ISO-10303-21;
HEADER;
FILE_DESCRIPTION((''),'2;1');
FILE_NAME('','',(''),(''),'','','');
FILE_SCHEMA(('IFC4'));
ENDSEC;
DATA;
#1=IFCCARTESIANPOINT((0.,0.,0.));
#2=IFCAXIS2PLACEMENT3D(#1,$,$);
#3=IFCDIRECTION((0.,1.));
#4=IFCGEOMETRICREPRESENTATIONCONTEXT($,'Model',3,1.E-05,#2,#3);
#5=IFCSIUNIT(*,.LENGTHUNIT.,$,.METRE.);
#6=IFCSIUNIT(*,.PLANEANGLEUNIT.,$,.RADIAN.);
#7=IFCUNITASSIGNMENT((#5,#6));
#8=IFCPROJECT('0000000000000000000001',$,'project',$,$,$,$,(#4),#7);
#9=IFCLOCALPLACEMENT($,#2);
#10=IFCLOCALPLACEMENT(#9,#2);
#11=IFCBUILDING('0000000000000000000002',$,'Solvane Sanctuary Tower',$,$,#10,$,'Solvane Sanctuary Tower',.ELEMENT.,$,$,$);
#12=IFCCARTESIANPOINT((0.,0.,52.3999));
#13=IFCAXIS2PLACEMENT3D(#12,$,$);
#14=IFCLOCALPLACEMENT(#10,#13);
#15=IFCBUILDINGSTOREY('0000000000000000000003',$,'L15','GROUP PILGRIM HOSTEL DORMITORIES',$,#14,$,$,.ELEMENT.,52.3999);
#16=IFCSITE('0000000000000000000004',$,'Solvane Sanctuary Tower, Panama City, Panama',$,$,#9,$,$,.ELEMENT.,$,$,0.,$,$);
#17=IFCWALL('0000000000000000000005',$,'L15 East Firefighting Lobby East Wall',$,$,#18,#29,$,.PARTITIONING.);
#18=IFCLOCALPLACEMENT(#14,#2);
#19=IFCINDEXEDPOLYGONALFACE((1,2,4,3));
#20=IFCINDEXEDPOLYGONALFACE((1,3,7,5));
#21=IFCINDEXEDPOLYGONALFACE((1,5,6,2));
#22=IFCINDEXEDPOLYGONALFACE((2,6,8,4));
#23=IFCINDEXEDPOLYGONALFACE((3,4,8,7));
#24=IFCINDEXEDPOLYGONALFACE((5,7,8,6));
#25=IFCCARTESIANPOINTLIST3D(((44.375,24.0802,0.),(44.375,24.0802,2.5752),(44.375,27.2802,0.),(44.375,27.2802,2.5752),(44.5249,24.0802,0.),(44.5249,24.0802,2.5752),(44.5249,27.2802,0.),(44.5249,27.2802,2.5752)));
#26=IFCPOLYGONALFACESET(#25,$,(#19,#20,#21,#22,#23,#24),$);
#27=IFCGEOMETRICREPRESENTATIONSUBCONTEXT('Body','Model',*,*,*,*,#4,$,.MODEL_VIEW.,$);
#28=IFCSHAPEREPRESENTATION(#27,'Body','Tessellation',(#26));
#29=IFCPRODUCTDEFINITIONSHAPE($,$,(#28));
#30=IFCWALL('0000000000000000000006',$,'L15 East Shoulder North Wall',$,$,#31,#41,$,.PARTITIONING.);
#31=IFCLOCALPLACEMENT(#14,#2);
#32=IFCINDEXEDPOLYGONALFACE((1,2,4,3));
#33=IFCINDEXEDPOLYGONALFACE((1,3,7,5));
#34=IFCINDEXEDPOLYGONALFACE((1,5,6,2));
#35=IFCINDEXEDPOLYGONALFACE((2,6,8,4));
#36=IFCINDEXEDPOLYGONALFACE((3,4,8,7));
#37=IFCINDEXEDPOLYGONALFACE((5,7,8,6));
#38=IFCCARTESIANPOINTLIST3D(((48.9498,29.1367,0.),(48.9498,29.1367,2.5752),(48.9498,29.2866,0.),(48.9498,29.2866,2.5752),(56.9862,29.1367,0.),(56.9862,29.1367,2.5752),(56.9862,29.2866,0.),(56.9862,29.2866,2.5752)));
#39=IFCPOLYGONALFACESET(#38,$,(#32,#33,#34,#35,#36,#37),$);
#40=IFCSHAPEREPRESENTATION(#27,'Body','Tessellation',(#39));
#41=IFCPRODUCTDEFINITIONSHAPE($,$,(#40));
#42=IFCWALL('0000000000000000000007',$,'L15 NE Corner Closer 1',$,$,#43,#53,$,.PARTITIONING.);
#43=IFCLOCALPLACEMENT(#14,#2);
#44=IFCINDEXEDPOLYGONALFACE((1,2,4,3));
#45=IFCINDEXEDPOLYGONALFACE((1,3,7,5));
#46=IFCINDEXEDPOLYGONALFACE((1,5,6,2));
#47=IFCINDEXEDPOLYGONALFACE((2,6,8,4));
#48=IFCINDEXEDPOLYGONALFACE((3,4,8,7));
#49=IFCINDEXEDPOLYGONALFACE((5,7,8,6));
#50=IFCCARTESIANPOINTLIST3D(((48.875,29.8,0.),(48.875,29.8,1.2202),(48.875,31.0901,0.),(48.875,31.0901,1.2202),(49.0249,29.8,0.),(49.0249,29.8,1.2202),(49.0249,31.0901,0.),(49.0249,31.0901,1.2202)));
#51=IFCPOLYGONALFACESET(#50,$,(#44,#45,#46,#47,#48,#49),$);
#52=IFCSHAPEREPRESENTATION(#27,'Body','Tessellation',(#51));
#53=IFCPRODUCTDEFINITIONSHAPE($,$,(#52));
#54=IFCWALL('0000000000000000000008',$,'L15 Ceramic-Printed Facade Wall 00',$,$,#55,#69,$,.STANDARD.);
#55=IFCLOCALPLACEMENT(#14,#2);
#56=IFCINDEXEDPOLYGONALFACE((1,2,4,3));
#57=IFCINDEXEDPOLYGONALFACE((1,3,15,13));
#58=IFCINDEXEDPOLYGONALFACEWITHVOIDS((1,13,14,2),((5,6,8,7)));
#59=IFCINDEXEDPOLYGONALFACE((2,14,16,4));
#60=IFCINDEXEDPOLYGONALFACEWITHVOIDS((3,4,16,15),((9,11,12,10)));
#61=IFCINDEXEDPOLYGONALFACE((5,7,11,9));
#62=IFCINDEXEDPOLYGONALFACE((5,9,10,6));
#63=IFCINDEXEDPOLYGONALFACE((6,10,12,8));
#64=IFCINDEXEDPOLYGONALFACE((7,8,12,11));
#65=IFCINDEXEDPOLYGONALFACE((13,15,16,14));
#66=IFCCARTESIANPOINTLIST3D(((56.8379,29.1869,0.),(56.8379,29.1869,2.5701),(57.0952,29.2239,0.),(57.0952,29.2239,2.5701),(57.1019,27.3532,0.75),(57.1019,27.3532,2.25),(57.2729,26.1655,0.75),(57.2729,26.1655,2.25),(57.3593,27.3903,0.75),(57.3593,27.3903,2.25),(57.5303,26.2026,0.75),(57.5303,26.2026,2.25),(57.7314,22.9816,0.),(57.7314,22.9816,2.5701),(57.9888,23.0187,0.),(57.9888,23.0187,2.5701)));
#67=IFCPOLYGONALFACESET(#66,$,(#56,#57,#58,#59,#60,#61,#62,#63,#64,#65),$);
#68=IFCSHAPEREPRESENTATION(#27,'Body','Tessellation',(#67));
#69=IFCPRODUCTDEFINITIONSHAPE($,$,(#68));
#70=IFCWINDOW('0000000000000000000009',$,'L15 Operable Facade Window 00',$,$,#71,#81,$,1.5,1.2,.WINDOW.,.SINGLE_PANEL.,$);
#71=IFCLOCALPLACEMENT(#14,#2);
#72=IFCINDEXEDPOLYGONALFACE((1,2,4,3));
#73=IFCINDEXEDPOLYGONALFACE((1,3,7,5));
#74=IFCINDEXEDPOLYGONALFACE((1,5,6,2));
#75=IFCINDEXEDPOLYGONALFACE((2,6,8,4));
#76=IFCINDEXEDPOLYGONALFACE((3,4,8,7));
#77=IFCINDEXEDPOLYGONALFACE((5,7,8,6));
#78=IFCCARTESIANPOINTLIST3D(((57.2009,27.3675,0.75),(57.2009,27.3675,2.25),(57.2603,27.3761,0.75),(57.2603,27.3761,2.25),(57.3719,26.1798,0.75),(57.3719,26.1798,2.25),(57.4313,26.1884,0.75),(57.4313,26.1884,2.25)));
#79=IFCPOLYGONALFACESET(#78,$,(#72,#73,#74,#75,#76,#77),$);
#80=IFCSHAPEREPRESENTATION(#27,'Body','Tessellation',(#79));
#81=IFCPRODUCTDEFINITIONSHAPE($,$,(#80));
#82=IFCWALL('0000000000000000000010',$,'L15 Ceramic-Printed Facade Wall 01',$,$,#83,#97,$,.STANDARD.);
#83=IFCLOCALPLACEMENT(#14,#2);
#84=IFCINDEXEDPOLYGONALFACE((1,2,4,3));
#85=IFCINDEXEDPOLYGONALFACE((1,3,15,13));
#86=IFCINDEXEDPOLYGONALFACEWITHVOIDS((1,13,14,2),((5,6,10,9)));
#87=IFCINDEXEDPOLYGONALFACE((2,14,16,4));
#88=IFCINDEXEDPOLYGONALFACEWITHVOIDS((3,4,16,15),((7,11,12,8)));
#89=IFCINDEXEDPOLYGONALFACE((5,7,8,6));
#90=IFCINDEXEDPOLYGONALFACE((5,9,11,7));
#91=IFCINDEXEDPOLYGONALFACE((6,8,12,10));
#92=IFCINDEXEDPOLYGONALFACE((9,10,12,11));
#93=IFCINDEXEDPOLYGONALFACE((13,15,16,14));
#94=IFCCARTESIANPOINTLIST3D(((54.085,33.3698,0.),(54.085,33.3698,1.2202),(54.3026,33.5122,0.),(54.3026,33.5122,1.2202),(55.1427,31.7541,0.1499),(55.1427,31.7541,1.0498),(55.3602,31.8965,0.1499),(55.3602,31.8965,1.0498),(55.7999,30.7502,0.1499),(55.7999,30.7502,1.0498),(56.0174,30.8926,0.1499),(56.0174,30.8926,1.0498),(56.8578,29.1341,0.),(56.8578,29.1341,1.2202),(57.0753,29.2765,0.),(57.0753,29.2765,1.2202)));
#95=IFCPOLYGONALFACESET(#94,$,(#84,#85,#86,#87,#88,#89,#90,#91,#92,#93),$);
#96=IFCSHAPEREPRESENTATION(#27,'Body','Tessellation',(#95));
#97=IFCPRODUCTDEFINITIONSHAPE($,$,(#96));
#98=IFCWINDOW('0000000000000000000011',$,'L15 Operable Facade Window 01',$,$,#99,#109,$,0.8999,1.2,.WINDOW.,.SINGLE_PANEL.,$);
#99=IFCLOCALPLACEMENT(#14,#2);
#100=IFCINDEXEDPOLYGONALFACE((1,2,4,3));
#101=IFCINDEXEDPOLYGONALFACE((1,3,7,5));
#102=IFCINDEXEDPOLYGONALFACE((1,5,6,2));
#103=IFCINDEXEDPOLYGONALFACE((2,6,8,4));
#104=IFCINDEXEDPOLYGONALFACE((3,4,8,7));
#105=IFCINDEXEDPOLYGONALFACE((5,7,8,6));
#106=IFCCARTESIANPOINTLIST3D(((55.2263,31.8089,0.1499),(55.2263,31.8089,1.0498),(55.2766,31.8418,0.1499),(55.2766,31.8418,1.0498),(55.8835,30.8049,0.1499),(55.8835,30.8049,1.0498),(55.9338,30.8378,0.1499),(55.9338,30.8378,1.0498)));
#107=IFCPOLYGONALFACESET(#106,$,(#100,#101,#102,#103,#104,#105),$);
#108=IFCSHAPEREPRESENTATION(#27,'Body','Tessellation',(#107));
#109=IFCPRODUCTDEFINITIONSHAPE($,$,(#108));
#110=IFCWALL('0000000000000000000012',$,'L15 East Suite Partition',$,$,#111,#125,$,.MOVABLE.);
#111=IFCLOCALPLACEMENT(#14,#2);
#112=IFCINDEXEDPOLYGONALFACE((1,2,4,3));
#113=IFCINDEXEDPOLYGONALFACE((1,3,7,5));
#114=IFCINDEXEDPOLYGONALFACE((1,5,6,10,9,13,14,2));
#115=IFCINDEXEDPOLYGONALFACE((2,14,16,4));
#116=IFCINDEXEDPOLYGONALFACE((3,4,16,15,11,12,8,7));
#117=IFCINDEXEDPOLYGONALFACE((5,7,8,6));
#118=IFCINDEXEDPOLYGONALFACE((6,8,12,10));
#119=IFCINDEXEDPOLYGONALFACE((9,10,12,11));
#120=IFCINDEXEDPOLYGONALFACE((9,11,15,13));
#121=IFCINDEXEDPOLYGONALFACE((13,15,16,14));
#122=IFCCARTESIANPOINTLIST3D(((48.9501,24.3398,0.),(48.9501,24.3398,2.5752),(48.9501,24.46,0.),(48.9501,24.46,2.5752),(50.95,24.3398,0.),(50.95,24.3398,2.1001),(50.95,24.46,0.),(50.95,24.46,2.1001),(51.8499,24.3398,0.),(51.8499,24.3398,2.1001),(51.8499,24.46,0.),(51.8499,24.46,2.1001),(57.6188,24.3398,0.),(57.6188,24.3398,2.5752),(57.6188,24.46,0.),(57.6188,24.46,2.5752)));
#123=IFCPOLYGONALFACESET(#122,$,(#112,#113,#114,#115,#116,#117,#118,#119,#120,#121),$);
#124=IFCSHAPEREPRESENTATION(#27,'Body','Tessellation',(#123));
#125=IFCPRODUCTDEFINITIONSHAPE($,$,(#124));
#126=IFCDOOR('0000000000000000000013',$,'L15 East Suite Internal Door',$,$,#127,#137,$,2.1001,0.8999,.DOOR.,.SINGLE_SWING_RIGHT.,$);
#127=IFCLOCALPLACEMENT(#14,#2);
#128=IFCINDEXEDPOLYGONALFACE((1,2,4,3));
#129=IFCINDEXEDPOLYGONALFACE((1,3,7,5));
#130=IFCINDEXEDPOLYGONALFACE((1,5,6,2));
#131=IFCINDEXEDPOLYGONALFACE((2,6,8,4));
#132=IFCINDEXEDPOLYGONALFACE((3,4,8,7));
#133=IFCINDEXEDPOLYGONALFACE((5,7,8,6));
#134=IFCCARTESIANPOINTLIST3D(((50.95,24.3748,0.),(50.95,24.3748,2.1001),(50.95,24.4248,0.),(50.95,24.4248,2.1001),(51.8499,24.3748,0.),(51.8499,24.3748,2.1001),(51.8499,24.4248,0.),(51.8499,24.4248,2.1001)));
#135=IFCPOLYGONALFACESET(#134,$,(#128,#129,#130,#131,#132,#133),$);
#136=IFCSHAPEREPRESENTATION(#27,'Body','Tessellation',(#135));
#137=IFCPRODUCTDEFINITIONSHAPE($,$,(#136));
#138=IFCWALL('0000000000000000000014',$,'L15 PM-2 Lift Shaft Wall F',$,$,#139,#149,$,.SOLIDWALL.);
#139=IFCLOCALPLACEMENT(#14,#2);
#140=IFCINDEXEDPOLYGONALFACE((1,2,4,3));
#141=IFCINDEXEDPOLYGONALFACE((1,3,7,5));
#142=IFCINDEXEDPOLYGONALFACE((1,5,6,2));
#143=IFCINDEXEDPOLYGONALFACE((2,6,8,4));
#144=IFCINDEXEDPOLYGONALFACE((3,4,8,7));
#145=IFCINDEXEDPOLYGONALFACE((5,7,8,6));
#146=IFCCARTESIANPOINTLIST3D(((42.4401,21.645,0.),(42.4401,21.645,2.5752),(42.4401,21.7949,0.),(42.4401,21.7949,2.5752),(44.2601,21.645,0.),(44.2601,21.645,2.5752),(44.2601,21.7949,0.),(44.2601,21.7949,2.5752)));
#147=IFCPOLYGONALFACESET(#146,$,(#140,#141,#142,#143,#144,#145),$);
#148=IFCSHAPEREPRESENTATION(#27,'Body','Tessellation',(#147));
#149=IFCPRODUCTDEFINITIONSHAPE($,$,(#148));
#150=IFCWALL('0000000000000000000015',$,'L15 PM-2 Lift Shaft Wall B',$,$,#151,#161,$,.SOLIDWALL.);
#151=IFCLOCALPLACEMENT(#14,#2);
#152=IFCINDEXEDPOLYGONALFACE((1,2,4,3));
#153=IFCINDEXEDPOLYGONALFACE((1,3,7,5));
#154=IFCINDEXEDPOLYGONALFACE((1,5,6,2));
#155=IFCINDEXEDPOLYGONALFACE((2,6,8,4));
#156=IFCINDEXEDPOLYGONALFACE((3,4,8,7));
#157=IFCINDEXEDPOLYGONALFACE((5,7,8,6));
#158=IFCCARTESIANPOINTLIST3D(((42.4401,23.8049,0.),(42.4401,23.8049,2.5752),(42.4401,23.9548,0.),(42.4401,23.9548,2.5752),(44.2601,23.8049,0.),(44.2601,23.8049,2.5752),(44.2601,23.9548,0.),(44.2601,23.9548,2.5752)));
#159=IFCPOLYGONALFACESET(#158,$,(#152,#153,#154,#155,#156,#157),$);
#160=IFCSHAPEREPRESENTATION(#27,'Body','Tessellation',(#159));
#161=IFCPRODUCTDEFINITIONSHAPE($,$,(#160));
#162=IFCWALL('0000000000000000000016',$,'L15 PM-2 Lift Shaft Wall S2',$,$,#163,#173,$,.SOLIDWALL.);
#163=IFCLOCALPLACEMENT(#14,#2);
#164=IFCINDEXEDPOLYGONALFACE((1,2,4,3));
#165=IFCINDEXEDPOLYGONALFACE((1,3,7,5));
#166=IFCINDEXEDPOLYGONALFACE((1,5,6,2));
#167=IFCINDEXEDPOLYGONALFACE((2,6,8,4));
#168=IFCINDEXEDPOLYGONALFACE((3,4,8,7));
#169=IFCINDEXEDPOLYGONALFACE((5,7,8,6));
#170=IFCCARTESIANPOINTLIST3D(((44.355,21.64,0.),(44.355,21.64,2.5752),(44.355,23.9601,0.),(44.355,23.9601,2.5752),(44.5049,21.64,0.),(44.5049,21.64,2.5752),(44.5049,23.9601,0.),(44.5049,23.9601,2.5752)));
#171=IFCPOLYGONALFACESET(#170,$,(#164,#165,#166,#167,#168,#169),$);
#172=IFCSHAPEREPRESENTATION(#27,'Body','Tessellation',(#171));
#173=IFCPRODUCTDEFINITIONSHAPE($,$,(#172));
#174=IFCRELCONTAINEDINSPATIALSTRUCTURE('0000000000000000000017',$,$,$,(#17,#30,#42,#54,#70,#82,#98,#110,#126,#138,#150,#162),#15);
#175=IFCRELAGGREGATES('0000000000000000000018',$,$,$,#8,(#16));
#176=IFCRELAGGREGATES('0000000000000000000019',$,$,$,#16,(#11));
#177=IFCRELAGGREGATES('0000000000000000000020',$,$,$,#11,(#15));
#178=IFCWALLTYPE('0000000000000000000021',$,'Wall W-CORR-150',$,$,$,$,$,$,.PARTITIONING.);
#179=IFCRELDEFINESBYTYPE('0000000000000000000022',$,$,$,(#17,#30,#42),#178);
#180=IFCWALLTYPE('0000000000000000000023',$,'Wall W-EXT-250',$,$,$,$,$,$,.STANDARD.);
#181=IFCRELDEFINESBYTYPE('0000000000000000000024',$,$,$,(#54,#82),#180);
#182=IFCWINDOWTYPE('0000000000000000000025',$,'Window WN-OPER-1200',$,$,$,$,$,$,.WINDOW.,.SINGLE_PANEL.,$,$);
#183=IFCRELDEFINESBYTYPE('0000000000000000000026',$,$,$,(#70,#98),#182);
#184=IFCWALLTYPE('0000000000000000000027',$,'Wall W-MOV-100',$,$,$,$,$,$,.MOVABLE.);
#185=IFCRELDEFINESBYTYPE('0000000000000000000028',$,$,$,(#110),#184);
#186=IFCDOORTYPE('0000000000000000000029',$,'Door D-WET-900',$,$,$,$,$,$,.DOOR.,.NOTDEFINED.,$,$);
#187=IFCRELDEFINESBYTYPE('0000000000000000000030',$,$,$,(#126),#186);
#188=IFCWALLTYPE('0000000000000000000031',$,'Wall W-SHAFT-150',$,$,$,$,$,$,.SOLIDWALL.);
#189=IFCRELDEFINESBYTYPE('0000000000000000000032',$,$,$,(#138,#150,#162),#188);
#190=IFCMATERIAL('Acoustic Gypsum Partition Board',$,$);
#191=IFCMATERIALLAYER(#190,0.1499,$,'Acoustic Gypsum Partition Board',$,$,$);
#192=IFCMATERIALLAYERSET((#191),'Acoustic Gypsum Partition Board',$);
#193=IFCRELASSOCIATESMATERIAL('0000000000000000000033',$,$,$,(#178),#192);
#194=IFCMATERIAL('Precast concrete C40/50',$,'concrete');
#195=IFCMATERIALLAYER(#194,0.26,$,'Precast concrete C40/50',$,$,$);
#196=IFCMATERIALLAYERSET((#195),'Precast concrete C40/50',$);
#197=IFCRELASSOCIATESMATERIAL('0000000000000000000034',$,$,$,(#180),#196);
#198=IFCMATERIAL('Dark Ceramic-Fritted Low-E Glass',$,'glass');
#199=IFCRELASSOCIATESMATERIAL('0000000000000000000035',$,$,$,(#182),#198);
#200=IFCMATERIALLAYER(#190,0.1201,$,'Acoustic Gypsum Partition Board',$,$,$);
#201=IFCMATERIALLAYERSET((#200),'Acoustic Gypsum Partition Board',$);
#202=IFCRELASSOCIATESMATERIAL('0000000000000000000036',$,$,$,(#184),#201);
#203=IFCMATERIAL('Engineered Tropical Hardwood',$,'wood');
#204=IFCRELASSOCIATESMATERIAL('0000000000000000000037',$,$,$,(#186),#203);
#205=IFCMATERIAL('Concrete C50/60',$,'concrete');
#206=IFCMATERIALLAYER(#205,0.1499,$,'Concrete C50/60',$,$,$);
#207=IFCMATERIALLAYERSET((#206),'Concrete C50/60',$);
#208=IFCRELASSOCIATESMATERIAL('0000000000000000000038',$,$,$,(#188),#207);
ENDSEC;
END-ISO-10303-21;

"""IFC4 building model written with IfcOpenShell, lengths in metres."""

from ifc_helpers import new_model, si_unit, direction, frame, frame_2d, origin, place, context, subcontext, project, spatial, rectangle, extrude, material, layer, layer_set, type_object, element, fill, save


model = new_model("IFC4")

# Units and contexts
model_context = context("Model", 3, precision=1e-05, world=origin(), true_north=direction((0.0, 1.0)))
body_context = subcontext(model_context, "Body", "Model", "MODEL_VIEW")
ifc_project = project(units=[si_unit("LENGTHUNIT", "METRE"), si_unit("PLANEANGLEUNIT", "RADIAN")], contexts=[model_context])

# Site, building, storey
site_placement = place(None, origin())
site = spatial("IfcSite", under=ifc_project, at=site_placement, Name="Solvane Sanctuary Tower, Panama City, Panama", CompositionType="ELEMENT", RefElevation=0.0)
building_placement = place(site_placement, origin())
building = spatial("IfcBuilding", under=site, at=building_placement, Name="Solvane Sanctuary Tower", LongName="Solvane Sanctuary Tower", CompositionType="ELEMENT")
storey_placement = place(building_placement, frame((0.0, 0.0, 52.3999)))
storey = spatial("IfcBuildingStorey", under=building, at=storey_placement, Name="L15", Description="GROUP PILGRIM HOSTEL DORMITORIES", CompositionType="ELEMENT", Elevation=52.3999)

# Walls
ifc_material_1 = material(Name="Acoustic Gypsum Partition Board")
ifc_layer_1 = layer(ifc_material_1, 0.1499, Name="Acoustic Gypsum Partition Board")
ifc_layer_set_1 = layer_set([ifc_layer_1], Name="Acoustic Gypsum Partition Board")
wall_type_1 = type_object("IfcWallType", Name="Wall W-CORR-150", PredefinedType="PARTITIONING", material=ifc_layer_set_1)
wall_1_placement = place(storey_placement, frame((44.45, 24.0801, 0.0), z_axis=(0.0, 0.0, 1.0), x_axis=(0.0, 1.0, 0.0)))
element("IfcWall", 1, at=wall_1_placement, inside=storey, type_object=wall_type_1, Name="L15 East Firefighting Lobby East Wall", PredefinedType="PARTITIONING", context=body_context, shape_type="SweptSolid", body=[
    extrude(rectangle(XDim=3.2, YDim=0.1499, at=frame_2d((1.6001, 0.0))), origin(), (0.0, 0.0, 1.0), 2.5752),
])
wall_2_placement = place(storey_placement, frame((48.95, 29.2117, 0.0), z_axis=(0.0, 0.0, 1.0), x_axis=(1.0, 0.0, 0.0)))
element("IfcWall", 2, at=wall_2_placement, inside=storey, type_object=wall_type_1, Name="L15 East Shoulder North Wall", PredefinedType="PARTITIONING", context=body_context, shape_type="SweptSolid", body=[
    extrude(rectangle(XDim=8.0364, YDim=0.1499, at=frame_2d((4.0181, 0.0))), origin(), (0.0, 0.0, 1.0), 2.5752),
])
wall_3_placement = place(storey_placement, frame((48.95, 29.8, 0.0), z_axis=(0.0, 0.0, 1.0), x_axis=(0.0, 1.0, 0.0)))
element("IfcWall", 3, at=wall_3_placement, inside=storey, type_object=wall_type_1, Name="L15 NE Corner Closer 1", PredefinedType="PARTITIONING", context=body_context, shape_type="SweptSolid", body=[
    extrude(rectangle(XDim=1.29, YDim=0.1499, at=frame_2d((0.645, 0.0))), origin(), (0.0, 0.0, 1.0), 1.2202),
])

# Walls, openings, windows
ifc_material_2 = material(Name="Precast concrete C40/50", Category="concrete")
ifc_layer_2 = layer(ifc_material_2, 0.26, Name="Precast concrete C40/50")
ifc_layer_set_2 = layer_set([ifc_layer_2], Name="Precast concrete C40/50")
wall_type_2 = type_object("IfcWallType", Name="Wall W-EXT-250", PredefinedType="STANDARD", material=ifc_layer_set_2)
wall_4_placement = place(storey_placement, frame((57.8601, 23.0, 0.0), z_axis=(0.0, 0.0, 1.0), x_axis=(-0.142528, 0.989791, 0.0)))
wall_4 = element("IfcWall", 4, at=wall_4_placement, inside=storey, type_object=wall_type_2, Name="L15 Ceramic-Printed Facade Wall 00", PredefinedType="STANDARD", context=body_context, shape_type="SweptSolid", body=[
    extrude(rectangle(XDim=6.2693, YDim=0.26, at=frame_2d((3.1348, 0.0))), origin(), (0.0, 0.0, 1.0), 2.5701),
])
opening_1_placement = place(wall_4_placement, frame((3.2168, 0.0, 0.75)))
opening_1 = element("IfcOpeningElement", 5, at=opening_1_placement, cuts=wall_4, PredefinedType="OPENING", context=body_context, shape_type="SweptSolid", body=[
    extrude(rectangle(XDim=1.2, YDim=1.5, at=frame_2d((0.6001, 0.75))), frame((0.0, 0.1399, 0.0), z_axis=(0.0, -1.0, 0.0), x_axis=(1.0, 0.0, 0.0)), (0.0, 0.0, 1.0), 0.28),
])
ifc_material_3 = material(Name="Dark Ceramic-Fritted Low-E Glass", Category="glass")
window_type = type_object("IfcWindowType", Name="Window WN-OPER-1200", PartitioningType="SINGLE_PANEL", PredefinedType="WINDOW", material=ifc_material_3)
window_1_placement = place(opening_1_placement, origin())
window_1 = element("IfcWindow", 6, at=window_1_placement, inside=storey, type_object=window_type, Name="L15 Operable Facade Window 00", OverallHeight=1.5, OverallWidth=1.2, PartitioningType="SINGLE_PANEL", PredefinedType="WINDOW", context=body_context, shape_type="SweptSolid", body=[
    extrude(rectangle(XDim=1.2, YDim=1.5, at=frame_2d((0.6001, 0.75))), frame((0.0, 0.03, 0.0), z_axis=(0.0, -1.0, 0.0), x_axis=(1.0, 0.0, 0.0)), (0.0, 0.0, 1.0), 0.0601),
])
fill(opening_1, window_1)
wall_5_placement = place(storey_placement, frame((56.9666, 29.2053, 0.0), z_axis=(0.0, 0.0, 1.0), x_axis=(-0.547703, 0.836673, 0.0)))
wall_5 = element("IfcWall", 7, at=wall_5_placement, inside=storey, type_object=wall_type_2, Name="L15 Ceramic-Printed Facade Wall 01", PredefinedType="STANDARD", context=body_context, shape_type="SweptSolid", body=[
    extrude(rectangle(XDim=5.0625, YDim=0.26, at=frame_2d((2.5312, 0.0))), origin(), (0.0, 0.0, 1.0), 1.2202),
])
opening_2_placement = place(wall_5_placement, frame((1.9314, 0.0, 0.1499)))
opening_2 = element("IfcOpeningElement", 8, at=opening_2_placement, cuts=wall_5, PredefinedType="OPENING", context=body_context, shape_type="SweptSolid", body=[
    extrude(rectangle(XDim=1.2, YDim=0.8999, at=frame_2d((0.6001, 0.45))), frame((0.0, 0.1399, 0.0), z_axis=(0.0, -1.0, 0.0), x_axis=(1.0, 0.0, 0.0)), (0.0, 0.0, 1.0), 0.28),
])
window_2_placement = place(opening_2_placement, origin())
window_2 = element("IfcWindow", 9, at=window_2_placement, inside=storey, type_object=window_type, Name="L15 Operable Facade Window 01", OverallHeight=0.8999, OverallWidth=1.2, PartitioningType="SINGLE_PANEL", PredefinedType="WINDOW", context=body_context, shape_type="SweptSolid", body=[
    extrude(rectangle(XDim=1.2, YDim=0.8999, at=frame_2d((0.6001, 0.45))), frame((0.0, 0.03, 0.0), z_axis=(0.0, -1.0, 0.0), x_axis=(1.0, 0.0, 0.0)), (0.0, 0.0, 1.0), 0.0601),
])
fill(opening_2, window_2)

# Wall, opening, door
ifc_layer_3 = layer(ifc_material_1, 0.1201, Name="Acoustic Gypsum Partition Board")
ifc_layer_set_3 = layer_set([ifc_layer_3], Name="Acoustic Gypsum Partition Board")
wall_type_3 = type_object("IfcWallType", Name="Wall W-MOV-100", PredefinedType="MOVABLE", material=ifc_layer_set_3)
wall_6_placement = place(storey_placement, frame((48.95, 24.3999, 0.0), z_axis=(0.0, 0.0, 1.0), x_axis=(1.0, 0.0, 0.0)))
wall_6 = element("IfcWall", 10, at=wall_6_placement, inside=storey, type_object=wall_type_3, Name="L15 East Suite Partition", PredefinedType="MOVABLE", context=body_context, shape_type="SweptSolid", body=[
    extrude(rectangle(XDim=8.6687, YDim=0.1201, at=frame_2d((4.3345, 0.0))), origin(), (0.0, 0.0, 1.0), 2.5752),
])
opening_3_placement = place(wall_6_placement, frame((2.0, 0.0, 0.0)))
opening_3 = element("IfcOpeningElement", 11, at=opening_3_placement, cuts=wall_6, PredefinedType="OPENING", context=body_context, shape_type="SweptSolid", body=[
    extrude(rectangle(XDim=0.8999, YDim=2.1001, at=frame_2d((0.45, 1.05))), frame((0.0, 0.0701, 0.0), z_axis=(0.0, -1.0, 0.0), x_axis=(1.0, 0.0, 0.0)), (0.0, 0.0, 1.0), 0.1401),
])
ifc_material_4 = material(Name="Engineered Tropical Hardwood", Category="wood")
door_type_1 = type_object("IfcDoorType", Name="Door D-WET-900", OperationType="NOTDEFINED", PredefinedType="DOOR", material=ifc_material_4)
door_1_placement = place(opening_3_placement, origin())
door_1 = element("IfcDoor", 12, at=door_1_placement, inside=storey, type_object=door_type_1, Name="L15 East Suite Internal Door", OperationType="SINGLE_SWING_RIGHT", OverallHeight=2.1001, OverallWidth=0.8999, PredefinedType="DOOR", context=body_context, shape_type="SweptSolid", body=[
    extrude(rectangle(XDim=0.8999, YDim=2.1001, at=frame_2d((0.45, 1.05))), frame((0.0, 0.0249, 0.0), z_axis=(0.0, -1.0, 0.0), x_axis=(1.0, 0.0, 0.0)), (0.0, 0.0, 1.0), 0.05),
])
fill(opening_3, door_1)

# Walls
ifc_material_5 = material(Name="Concrete C50/60", Category="concrete")
ifc_layer_4 = layer(ifc_material_5, 0.1499, Name="Concrete C50/60")
ifc_layer_set_4 = layer_set([ifc_layer_4], Name="Concrete C50/60")
wall_type_4 = type_object("IfcWallType", Name="Wall W-SHAFT-150", PredefinedType="SOLIDWALL", material=ifc_layer_set_4)
for number, where, z_axis, x_axis, name in (
    (13, (42.4399, 21.72, 0.0), (0.0, 0.0, 1.0), (1.0, 0.0, 0.0), "L15 PM-2 Lift Shaft Wall F"),
    (14, (42.4399, 23.8799, 0.0), (0.0, 0.0, 1.0), (1.0, 0.0, 0.0), "L15 PM-2 Lift Shaft Wall B"),
):
    element("IfcWall", number, at=place(storey_placement, frame(where, z_axis=z_axis, x_axis=x_axis)), inside=storey, type_object=wall_type_4, Name=name, PredefinedType="SOLIDWALL", context=body_context, shape_type="SweptSolid", body=[
        extrude(rectangle(XDim=1.8201, YDim=0.1499, at=frame_2d((0.9102, 0.0))), origin(), (0.0, 0.0, 1.0), 2.5752),
    ])
wall_7_placement = place(storey_placement, frame((44.4299, 21.6399, 0.0), z_axis=(0.0, 0.0, 1.0), x_axis=(0.0, 1.0, 0.0)))
element("IfcWall", 15, at=wall_7_placement, inside=storey, type_object=wall_type_4, Name="L15 PM-2 Lift Shaft Wall S2", PredefinedType="SOLIDWALL", context=body_context, shape_type="SweptSolid", body=[
    extrude(rectangle(XDim=2.3201, YDim=0.1499, at=frame_2d((1.1602, 0.0))), origin(), (0.0, 0.0, 1.0), 2.5752),
])

save(model, "model.ifc")
